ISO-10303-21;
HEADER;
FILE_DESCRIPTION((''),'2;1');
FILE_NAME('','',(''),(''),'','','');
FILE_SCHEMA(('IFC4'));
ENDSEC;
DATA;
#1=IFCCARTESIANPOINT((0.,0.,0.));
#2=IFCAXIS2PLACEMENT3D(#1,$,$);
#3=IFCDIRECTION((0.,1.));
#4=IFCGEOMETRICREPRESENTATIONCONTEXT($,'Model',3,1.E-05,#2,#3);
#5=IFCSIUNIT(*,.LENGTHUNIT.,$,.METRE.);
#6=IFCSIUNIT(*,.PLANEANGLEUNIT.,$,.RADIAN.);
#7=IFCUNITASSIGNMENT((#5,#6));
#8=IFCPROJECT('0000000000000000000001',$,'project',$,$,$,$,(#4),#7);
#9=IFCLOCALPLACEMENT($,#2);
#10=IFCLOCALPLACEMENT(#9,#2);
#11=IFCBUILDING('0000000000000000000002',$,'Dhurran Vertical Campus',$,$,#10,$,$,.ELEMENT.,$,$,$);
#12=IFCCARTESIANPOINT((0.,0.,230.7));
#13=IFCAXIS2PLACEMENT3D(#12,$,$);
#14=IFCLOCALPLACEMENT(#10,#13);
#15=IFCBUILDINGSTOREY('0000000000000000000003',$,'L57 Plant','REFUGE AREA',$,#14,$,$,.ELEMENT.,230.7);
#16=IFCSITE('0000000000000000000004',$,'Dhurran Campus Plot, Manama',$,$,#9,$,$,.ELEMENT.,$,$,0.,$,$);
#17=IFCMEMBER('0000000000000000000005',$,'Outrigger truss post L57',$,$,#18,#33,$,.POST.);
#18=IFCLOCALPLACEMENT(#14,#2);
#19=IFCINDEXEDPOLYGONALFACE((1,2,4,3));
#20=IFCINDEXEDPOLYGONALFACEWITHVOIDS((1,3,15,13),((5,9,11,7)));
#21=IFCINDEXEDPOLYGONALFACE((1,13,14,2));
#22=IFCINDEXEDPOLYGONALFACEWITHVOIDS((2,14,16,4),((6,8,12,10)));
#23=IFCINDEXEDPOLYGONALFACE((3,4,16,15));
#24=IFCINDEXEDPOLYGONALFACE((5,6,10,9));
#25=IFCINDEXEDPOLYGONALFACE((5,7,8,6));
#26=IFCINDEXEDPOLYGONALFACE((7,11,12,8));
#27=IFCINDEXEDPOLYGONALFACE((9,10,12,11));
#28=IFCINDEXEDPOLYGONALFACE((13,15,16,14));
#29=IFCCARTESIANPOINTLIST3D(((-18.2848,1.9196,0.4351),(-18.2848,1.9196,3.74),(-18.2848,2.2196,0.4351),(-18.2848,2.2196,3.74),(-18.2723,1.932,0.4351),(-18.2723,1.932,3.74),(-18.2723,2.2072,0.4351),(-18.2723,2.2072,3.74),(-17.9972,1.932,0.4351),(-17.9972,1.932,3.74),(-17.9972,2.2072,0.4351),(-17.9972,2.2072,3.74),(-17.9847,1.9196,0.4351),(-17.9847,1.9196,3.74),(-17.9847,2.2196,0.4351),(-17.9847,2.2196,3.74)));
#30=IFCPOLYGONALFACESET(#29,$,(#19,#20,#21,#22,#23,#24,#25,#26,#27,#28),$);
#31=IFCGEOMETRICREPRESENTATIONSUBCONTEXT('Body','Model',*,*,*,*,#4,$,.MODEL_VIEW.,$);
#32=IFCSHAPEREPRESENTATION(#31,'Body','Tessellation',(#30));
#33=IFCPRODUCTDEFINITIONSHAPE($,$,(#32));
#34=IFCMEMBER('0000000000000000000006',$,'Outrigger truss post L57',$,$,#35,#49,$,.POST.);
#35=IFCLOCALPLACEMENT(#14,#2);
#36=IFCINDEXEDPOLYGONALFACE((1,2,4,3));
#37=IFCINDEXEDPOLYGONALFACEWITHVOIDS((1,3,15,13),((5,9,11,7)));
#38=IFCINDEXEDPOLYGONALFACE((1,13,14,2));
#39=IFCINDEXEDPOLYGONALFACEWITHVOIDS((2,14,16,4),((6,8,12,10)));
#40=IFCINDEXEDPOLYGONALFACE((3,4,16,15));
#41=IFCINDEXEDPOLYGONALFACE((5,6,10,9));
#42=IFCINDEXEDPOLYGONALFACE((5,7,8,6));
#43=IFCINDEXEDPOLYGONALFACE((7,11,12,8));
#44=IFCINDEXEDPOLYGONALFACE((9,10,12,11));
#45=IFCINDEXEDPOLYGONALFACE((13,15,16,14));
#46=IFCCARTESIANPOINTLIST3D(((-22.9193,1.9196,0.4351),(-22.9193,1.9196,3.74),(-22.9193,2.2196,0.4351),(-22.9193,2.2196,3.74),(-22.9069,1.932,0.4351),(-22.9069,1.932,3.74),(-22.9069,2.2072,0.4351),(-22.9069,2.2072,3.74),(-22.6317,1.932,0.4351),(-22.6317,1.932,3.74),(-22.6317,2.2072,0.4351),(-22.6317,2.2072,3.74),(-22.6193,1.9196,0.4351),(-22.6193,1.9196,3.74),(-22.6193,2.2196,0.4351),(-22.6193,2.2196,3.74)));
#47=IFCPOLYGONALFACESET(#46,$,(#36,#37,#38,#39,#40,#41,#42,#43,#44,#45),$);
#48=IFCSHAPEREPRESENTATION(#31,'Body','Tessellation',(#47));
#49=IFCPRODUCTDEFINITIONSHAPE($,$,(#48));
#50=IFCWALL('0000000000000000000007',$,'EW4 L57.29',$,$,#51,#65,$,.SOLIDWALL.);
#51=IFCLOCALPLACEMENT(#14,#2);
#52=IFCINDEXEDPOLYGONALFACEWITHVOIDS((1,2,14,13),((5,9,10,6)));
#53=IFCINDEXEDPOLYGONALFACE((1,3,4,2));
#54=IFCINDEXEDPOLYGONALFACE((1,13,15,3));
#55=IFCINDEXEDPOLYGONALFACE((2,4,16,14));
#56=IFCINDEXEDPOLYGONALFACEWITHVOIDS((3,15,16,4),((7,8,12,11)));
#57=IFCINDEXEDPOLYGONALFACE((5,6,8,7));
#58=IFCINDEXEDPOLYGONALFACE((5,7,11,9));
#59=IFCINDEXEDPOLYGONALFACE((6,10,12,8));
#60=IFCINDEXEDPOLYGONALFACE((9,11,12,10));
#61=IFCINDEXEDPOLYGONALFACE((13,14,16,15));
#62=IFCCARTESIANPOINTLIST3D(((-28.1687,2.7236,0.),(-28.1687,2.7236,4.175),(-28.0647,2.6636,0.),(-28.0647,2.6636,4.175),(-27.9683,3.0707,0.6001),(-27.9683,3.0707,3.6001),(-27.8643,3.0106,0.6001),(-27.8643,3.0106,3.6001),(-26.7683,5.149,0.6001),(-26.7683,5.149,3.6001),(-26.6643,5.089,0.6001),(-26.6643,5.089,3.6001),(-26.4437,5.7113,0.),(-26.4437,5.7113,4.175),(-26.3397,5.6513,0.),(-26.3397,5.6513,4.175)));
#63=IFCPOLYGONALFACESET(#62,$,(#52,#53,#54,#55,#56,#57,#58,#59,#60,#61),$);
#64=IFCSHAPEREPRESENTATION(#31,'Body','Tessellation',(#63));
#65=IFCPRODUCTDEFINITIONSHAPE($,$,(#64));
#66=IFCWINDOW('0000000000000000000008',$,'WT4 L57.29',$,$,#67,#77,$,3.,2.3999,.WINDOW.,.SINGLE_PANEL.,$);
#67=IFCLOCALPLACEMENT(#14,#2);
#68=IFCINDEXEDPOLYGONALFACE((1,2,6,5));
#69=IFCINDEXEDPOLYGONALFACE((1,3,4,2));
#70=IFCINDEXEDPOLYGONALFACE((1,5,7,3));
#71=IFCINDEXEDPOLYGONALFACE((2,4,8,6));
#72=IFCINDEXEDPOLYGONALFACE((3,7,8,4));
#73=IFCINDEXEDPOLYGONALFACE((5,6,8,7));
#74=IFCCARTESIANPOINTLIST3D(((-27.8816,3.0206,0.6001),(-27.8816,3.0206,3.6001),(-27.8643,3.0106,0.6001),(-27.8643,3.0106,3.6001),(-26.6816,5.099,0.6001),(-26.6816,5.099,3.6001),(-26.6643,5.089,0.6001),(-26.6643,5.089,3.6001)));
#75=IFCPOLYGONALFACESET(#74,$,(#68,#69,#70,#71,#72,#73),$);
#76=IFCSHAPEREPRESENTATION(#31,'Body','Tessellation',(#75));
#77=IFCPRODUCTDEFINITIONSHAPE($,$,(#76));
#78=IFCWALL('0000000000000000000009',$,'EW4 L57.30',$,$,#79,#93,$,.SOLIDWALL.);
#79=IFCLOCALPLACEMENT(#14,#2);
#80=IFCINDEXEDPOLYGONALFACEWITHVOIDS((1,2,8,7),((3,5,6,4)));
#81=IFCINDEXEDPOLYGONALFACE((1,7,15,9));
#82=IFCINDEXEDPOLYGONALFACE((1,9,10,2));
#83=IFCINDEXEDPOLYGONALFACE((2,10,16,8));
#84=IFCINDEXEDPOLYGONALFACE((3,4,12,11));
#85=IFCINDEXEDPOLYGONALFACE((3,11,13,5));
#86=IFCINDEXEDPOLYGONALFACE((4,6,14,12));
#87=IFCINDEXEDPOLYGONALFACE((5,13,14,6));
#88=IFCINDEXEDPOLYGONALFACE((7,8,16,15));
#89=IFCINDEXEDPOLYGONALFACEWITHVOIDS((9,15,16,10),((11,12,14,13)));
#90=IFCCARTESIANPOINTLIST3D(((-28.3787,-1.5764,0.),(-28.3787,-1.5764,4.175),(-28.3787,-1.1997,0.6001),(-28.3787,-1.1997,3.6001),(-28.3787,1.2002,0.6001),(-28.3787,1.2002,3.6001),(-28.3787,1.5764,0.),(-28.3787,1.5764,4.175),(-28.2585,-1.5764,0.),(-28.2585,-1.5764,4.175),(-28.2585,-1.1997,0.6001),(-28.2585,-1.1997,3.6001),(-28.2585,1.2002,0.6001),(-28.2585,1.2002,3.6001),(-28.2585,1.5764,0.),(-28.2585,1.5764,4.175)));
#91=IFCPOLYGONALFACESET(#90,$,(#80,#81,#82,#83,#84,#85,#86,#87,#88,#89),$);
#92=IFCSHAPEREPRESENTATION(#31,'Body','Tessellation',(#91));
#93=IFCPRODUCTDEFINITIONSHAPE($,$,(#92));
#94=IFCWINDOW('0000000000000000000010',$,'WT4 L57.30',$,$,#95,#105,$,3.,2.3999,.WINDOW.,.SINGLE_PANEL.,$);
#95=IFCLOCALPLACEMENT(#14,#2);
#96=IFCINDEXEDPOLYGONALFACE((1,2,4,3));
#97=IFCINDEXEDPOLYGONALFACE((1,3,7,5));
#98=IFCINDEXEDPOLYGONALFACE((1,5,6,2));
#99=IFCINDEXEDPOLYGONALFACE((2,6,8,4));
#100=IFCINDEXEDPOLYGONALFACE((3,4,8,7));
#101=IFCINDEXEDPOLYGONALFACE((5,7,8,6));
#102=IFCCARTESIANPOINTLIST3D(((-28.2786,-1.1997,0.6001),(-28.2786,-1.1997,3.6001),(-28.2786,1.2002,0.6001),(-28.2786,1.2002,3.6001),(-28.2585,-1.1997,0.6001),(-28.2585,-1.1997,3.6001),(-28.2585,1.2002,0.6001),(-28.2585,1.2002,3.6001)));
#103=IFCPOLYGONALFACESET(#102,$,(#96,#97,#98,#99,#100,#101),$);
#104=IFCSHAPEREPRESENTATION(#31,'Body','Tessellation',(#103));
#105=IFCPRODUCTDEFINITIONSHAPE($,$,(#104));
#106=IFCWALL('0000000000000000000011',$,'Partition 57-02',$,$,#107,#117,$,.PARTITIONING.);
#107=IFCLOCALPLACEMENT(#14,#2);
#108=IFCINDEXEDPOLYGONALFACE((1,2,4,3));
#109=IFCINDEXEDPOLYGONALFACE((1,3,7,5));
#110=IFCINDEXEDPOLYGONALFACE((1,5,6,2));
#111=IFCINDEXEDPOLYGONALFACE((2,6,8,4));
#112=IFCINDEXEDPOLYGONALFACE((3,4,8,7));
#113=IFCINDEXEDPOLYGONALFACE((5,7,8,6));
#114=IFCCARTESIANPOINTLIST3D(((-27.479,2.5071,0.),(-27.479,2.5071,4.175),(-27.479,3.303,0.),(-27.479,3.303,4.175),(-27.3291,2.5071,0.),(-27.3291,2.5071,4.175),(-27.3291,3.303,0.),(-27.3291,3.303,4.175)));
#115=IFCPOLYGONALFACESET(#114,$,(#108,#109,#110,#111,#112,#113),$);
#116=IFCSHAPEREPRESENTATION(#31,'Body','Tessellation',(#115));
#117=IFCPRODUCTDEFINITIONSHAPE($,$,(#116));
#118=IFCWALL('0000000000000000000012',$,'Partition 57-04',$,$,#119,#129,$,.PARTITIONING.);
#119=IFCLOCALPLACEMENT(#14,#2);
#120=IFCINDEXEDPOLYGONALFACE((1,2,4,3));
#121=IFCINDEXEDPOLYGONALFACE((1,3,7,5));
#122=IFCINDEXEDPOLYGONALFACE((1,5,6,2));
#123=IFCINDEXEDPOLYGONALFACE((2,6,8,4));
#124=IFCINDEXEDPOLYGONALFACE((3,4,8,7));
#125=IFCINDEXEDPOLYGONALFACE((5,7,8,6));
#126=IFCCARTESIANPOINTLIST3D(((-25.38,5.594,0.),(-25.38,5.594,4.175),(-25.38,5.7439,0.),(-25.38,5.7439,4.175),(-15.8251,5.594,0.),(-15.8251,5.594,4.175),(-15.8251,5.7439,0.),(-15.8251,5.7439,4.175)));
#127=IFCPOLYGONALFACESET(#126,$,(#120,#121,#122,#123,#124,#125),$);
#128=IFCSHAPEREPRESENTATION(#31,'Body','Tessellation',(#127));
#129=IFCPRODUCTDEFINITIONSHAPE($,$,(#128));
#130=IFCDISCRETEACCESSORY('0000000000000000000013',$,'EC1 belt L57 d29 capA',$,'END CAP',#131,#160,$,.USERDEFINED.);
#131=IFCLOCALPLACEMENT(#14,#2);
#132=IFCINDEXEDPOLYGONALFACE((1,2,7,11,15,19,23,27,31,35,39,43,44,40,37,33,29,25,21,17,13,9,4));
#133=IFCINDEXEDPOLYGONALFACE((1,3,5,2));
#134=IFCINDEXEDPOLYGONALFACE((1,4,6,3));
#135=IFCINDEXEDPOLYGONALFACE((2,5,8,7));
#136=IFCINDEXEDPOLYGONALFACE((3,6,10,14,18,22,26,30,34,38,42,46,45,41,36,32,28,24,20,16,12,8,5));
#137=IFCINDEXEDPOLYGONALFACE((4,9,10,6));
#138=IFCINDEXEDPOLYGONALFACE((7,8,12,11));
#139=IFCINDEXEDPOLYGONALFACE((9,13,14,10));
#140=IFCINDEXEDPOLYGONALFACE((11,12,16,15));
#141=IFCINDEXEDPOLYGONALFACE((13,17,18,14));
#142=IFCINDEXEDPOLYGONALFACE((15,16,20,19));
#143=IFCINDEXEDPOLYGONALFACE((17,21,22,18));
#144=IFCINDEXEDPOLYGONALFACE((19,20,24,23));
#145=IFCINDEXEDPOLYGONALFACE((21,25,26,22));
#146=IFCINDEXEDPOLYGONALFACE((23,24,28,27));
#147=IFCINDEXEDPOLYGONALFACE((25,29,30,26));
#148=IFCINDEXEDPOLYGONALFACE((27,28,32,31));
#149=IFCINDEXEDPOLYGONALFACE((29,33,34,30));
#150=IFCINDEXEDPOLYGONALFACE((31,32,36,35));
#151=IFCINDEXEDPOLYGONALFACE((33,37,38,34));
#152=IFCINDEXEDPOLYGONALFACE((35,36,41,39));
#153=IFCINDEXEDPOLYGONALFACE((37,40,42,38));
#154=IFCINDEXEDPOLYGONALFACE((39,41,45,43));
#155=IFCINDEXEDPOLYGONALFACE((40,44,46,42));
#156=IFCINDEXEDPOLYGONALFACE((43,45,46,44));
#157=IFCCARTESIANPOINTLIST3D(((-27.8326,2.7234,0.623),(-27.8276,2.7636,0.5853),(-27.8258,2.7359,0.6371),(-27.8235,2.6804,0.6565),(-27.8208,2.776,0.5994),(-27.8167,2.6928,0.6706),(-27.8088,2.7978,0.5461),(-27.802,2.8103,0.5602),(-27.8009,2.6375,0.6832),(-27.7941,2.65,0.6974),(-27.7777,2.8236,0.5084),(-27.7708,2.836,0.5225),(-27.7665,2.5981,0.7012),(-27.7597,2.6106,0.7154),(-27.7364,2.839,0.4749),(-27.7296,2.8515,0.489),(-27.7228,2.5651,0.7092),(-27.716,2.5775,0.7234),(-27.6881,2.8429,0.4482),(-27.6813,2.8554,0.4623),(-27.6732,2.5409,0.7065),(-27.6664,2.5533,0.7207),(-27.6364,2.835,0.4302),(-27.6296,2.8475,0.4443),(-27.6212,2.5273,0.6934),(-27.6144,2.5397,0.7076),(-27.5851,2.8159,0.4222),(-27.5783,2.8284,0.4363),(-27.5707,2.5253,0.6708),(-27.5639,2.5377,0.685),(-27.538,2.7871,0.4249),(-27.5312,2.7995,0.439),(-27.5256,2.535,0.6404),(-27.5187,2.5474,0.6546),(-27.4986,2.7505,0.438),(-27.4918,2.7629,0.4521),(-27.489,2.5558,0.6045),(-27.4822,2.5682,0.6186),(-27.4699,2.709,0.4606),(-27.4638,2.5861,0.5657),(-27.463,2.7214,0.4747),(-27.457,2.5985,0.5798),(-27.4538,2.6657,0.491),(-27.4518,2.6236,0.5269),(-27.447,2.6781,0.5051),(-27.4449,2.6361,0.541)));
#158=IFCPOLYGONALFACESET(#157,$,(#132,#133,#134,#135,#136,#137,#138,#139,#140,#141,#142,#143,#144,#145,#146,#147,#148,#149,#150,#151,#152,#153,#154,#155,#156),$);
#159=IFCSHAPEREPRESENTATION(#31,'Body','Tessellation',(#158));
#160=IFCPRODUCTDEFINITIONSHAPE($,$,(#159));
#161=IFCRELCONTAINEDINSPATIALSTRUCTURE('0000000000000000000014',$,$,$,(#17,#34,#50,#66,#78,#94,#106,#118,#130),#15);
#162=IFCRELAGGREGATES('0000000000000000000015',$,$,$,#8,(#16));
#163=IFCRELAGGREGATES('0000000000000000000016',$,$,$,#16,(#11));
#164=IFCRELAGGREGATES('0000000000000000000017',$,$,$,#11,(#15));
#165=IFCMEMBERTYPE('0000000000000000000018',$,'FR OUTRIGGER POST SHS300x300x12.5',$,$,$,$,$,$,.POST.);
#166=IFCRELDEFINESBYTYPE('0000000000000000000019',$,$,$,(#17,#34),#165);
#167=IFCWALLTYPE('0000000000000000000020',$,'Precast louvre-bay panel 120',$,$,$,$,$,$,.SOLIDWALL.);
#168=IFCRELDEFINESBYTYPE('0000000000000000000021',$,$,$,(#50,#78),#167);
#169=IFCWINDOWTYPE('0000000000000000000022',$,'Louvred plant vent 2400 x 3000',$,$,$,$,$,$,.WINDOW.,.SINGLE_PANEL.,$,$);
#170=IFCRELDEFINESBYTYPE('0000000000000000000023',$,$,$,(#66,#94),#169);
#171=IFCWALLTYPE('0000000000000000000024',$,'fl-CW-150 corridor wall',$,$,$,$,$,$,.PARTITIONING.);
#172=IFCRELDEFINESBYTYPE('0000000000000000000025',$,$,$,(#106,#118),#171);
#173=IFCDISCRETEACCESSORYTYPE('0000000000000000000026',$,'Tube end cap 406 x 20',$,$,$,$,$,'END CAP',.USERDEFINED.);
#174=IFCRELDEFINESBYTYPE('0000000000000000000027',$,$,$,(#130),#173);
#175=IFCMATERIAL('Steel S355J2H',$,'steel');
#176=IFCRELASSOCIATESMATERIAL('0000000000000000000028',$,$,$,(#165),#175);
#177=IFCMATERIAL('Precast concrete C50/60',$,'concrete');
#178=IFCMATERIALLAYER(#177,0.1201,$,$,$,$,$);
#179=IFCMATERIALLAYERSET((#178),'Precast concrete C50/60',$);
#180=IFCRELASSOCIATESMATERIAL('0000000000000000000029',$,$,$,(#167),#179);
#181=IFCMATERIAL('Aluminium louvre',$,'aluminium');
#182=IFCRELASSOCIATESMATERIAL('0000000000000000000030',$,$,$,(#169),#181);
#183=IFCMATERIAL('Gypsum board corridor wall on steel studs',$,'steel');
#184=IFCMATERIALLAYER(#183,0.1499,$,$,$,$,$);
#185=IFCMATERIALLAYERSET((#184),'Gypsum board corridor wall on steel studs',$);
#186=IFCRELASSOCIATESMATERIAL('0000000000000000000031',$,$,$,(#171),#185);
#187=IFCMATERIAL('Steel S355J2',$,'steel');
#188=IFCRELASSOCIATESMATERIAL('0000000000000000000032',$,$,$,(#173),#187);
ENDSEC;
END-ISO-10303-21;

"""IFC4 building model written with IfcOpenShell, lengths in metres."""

from ifc_helpers import new_model, si_unit, direction, frame, frame_2d, origin, origin_2d, place, context, subcontext, project, spatial, rectangle, hollow_rectangle, circle, extrude, material, layer, layer_set, material_profile, profile_set, type_object, element, fill, save


model = new_model("IFC4")

# Units and contexts
model_context = context("Model", 3, precision=1e-05, world=origin(), true_north=direction((0.0, 1.0)))
body_context = subcontext(model_context, "Body", "Model", "MODEL_VIEW")
ifc_project = project(units=[si_unit("LENGTHUNIT", "METRE"), si_unit("PLANEANGLEUNIT", "RADIAN")], contexts=[model_context])

# Site, building, storey
site_placement = place(None, origin())
site = spatial("IfcSite", under=ifc_project, at=site_placement, Name="Dhurran Campus Plot, Manama", CompositionType="ELEMENT", RefElevation=0.0)
building_placement = place(site_placement, origin())
building = spatial("IfcBuilding", under=site, at=building_placement, Name="Dhurran Vertical Campus", CompositionType="ELEMENT")
storey_placement = place(building_placement, frame((0.0, 0.0, 230.7)))
storey = spatial("IfcBuildingStorey", under=building, at=storey_placement, Name="L57 Plant", Description="REFUGE AREA", CompositionType="ELEMENT", Elevation=230.7)

# Members
ifc_material_1 = material(Name="Steel S355J2H", Category="steel")
ifc_material_profile_1 = material_profile(ifc_material_1, hollow_rectangle(XDim=0.3, YDim=0.3, WallThickness=0.0125, at=origin_2d()), Name="SHS300x300x12.5")
ifc_profile_set_1 = profile_set([ifc_material_profile_1], Name="Steel S355J2H")
member_type_1 = type_object("IfcMemberType", Name="FR OUTRIGGER POST SHS300x300x12.5", PredefinedType="POST", material=ifc_profile_set_1)
for number, where, z_axis, x_axis, name in (
    (1, (-18.1348, 2.0696, 0.4351), (0.0, 0.0, 1.0), (-1.0, 0.0, 0.0), "Outrigger truss post L57"),
    (2, (-22.7693, 2.0696, 0.4351), (0.0, 0.0, 1.0), (-1.0, 0.0, 0.0), "Outrigger truss post L57"),
):
    element("IfcMember", number, at=place(storey_placement, frame(where, z_axis=z_axis, x_axis=x_axis)), inside=storey, type_object=member_type_1, Name=name, PredefinedType="POST", context=body_context, shape_type="SweptSolid", body=[
        extrude(hollow_rectangle(XDim=0.3, YDim=0.3, WallThickness=0.0125, at=origin_2d()), origin(), (0.0, 0.0, 1.0), 3.3049),
    ])

# Walls, openings, windows
ifc_material_2 = material(Name="Precast concrete C50/60", Category="concrete")
ifc_layer_1 = layer(ifc_material_2, 0.1201)
ifc_layer_set_1 = layer_set([ifc_layer_1], Name="Precast concrete C50/60")
wall_type_1 = type_object("IfcWallType", Name="Precast louvre-bay panel 120", PredefinedType="SOLIDWALL", material=ifc_layer_set_1)
wall_1_placement = place(storey_placement, frame((-26.3916, 5.6814, 0.0), z_axis=(0.0, 0.0, 1.0), x_axis=(-0.500021, -0.866014, 0.0)))
wall_1 = element("IfcWall", 3, at=wall_1_placement, inside=storey, type_object=wall_type_1, Name="EW4 L57.29", PredefinedType="SOLIDWALL", context=body_context, shape_type="SweptSolid", body=[
    extrude(rectangle(XDim=3.45, YDim=0.1201, at=frame_2d((1.7251, 0.0))), origin(), (0.0, 0.0, 1.0), 4.175),
])
opening_1_placement = place(wall_1_placement, frame((0.6494, 0.0, 0.6001)))
opening_1 = element("IfcOpeningElement", 4, at=opening_1_placement, cuts=wall_1, PredefinedType="OPENING", context=body_context, shape_type="SweptSolid", body=[
    extrude(rectangle(XDim=2.3999, YDim=3.0, at=frame_2d((1.2, 1.5))), frame((0.0, 0.0701, 0.0), z_axis=(0.0, -1.0, 0.0), x_axis=(1.0, 0.0, 0.0)), (0.0, 0.0, 1.0), 0.1401),
])
ifc_material_3 = material(Name="Aluminium louvre", Category="aluminium")
window_type = type_object("IfcWindowType", Name="Louvred plant vent 2400 x 3000", PartitioningType="SINGLE_PANEL", PredefinedType="WINDOW", material=ifc_material_3)
window_1_placement = place(opening_1_placement, origin())
window_1 = element("IfcWindow", 5, at=window_1_placement, inside=storey, type_object=window_type, Name="WT4 L57.29", OverallHeight=3.0, OverallWidth=2.3999, PartitioningType="SINGLE_PANEL", PredefinedType="WINDOW", context=body_context, shape_type="SweptSolid", body=[
    extrude(rectangle(XDim=2.3999, YDim=3.0, at=frame_2d((1.2, 1.5))), frame((0.0, 0.0601, 0.0), z_axis=(0.0, -1.0, 0.0), x_axis=(1.0, 0.0, 0.0)), (0.0, 0.0, 1.0), 0.02),
])
fill(opening_1, window_1)
wall_2_placement = place(storey_placement, frame((-28.3186, 1.5764, 0.0), z_axis=(0.0, 0.0, 1.0), x_axis=(0.0, -1.0, 0.0)))
wall_2 = element("IfcWall", 6, at=wall_2_placement, inside=storey, type_object=wall_type_1, Name="EW4 L57.30", PredefinedType="SOLIDWALL", context=body_context, shape_type="SweptSolid", body=[
    extrude(rectangle(XDim=3.1528, YDim=0.1201, at=frame_2d((1.5764, 0.0))), origin(), (0.0, 0.0, 1.0), 4.175),
])
opening_2_placement = place(wall_2_placement, frame((0.3762, 0.0, 0.6001)))
opening_2 = element("IfcOpeningElement", 7, at=opening_2_placement, cuts=wall_2, PredefinedType="OPENING", context=body_context, shape_type="SweptSolid", body=[
    extrude(rectangle(XDim=2.3999, YDim=3.0, at=frame_2d((1.2, 1.5))), frame((0.0, 0.0701, 0.0), z_axis=(0.0, -1.0, 0.0), x_axis=(1.0, 0.0, 0.0)), (0.0, 0.0, 1.0), 0.1401),
])
window_2_placement = place(opening_2_placement, origin())
window_2 = element("IfcWindow", 8, at=window_2_placement, inside=storey, type_object=window_type, Name="WT4 L57.30", OverallHeight=3.0, OverallWidth=2.3999, PartitioningType="SINGLE_PANEL", PredefinedType="WINDOW", context=body_context, shape_type="SweptSolid", body=[
    extrude(rectangle(XDim=2.3999, YDim=3.0, at=frame_2d((1.2, 1.5))), frame((0.0, 0.0601, 0.0), z_axis=(0.0, -1.0, 0.0), x_axis=(1.0, 0.0, 0.0)), (0.0, 0.0, 1.0), 0.02),
])
fill(opening_2, window_2)

# Walls
ifc_material_4 = material(Name="Gypsum board corridor wall on steel studs", Category="steel")
ifc_layer_2 = layer(ifc_material_4, 0.1499)
ifc_layer_set_2 = layer_set([ifc_layer_2], Name="Gypsum board corridor wall on steel studs")
wall_type_2 = type_object("IfcWallType", Name="fl-CW-150 corridor wall", PredefinedType="PARTITIONING", material=ifc_layer_set_2)
wall_3_placement = place(storey_placement, frame((-27.4041, 2.5071, 0.0), z_axis=(0.0, 0.0, 1.0), x_axis=(0.0, 1.0, 0.0)))
element("IfcWall", 9, at=wall_3_placement, inside=storey, type_object=wall_type_2, Name="Partition 57-02", PredefinedType="PARTITIONING", context=body_context, shape_type="SweptSolid", body=[
    extrude(rectangle(XDim=0.7959, YDim=0.1499, at=frame_2d((0.3979, 0.0))), origin(), (0.0, 0.0, 1.0), 4.175),
])
wall_4_placement = place(storey_placement, frame((-25.3799, 5.6689, 0.0), z_axis=(0.0, 0.0, 1.0), x_axis=(1.0, 0.0, 0.0)))
element("IfcWall", 10, at=wall_4_placement, inside=storey, type_object=wall_type_2, Name="Partition 57-04", PredefinedType="PARTITIONING", context=body_context, shape_type="SweptSolid", body=[
    extrude(rectangle(XDim=9.5549, YDim=0.1499, at=frame_2d((4.7773, 0.0))), origin(), (0.0, 0.0, 1.0), 4.175),
])

# Discrete accessory
ifc_material_5 = material(Name="Steel S355J2", Category="steel")
ifc_material_profile_2 = material_profile(ifc_material_5, circle(Radius=0.2031, at=origin_2d()), Name="Tube end cap 406 x 20")
ifc_profile_set_2 = profile_set([ifc_material_profile_2], Name="Steel S355J2")
discrete_accessory_type_1 = type_object("IfcDiscreteAccessoryType", Name="Tube end cap 406 x 20", ElementType="END CAP", PredefinedType="USERDEFINED", material=ifc_profile_set_2)
for number, where, z_axis, x_axis, name in (
    (11, (-27.635, 2.6963, 0.5798), (-0.34083, -0.620798, -0.706006), (0.876579, -0.481259, 0.0), "EC1 belt L57 d29 capA"),
):
    element("IfcDiscreteAccessory", number, at=place(storey_placement, frame(where, z_axis=z_axis, x_axis=x_axis)), inside=storey, type_object=discrete_accessory_type_1, Name=name, ObjectType="END CAP", PredefinedType="USERDEFINED", context=body_context, shape_type="SweptSolid", body=[
        extrude(circle(Radius=0.2031, at=origin_2d()), origin(), (0.0, 0.0, 1.0), 0.02),
    ])

save(model, "model.ifc")
